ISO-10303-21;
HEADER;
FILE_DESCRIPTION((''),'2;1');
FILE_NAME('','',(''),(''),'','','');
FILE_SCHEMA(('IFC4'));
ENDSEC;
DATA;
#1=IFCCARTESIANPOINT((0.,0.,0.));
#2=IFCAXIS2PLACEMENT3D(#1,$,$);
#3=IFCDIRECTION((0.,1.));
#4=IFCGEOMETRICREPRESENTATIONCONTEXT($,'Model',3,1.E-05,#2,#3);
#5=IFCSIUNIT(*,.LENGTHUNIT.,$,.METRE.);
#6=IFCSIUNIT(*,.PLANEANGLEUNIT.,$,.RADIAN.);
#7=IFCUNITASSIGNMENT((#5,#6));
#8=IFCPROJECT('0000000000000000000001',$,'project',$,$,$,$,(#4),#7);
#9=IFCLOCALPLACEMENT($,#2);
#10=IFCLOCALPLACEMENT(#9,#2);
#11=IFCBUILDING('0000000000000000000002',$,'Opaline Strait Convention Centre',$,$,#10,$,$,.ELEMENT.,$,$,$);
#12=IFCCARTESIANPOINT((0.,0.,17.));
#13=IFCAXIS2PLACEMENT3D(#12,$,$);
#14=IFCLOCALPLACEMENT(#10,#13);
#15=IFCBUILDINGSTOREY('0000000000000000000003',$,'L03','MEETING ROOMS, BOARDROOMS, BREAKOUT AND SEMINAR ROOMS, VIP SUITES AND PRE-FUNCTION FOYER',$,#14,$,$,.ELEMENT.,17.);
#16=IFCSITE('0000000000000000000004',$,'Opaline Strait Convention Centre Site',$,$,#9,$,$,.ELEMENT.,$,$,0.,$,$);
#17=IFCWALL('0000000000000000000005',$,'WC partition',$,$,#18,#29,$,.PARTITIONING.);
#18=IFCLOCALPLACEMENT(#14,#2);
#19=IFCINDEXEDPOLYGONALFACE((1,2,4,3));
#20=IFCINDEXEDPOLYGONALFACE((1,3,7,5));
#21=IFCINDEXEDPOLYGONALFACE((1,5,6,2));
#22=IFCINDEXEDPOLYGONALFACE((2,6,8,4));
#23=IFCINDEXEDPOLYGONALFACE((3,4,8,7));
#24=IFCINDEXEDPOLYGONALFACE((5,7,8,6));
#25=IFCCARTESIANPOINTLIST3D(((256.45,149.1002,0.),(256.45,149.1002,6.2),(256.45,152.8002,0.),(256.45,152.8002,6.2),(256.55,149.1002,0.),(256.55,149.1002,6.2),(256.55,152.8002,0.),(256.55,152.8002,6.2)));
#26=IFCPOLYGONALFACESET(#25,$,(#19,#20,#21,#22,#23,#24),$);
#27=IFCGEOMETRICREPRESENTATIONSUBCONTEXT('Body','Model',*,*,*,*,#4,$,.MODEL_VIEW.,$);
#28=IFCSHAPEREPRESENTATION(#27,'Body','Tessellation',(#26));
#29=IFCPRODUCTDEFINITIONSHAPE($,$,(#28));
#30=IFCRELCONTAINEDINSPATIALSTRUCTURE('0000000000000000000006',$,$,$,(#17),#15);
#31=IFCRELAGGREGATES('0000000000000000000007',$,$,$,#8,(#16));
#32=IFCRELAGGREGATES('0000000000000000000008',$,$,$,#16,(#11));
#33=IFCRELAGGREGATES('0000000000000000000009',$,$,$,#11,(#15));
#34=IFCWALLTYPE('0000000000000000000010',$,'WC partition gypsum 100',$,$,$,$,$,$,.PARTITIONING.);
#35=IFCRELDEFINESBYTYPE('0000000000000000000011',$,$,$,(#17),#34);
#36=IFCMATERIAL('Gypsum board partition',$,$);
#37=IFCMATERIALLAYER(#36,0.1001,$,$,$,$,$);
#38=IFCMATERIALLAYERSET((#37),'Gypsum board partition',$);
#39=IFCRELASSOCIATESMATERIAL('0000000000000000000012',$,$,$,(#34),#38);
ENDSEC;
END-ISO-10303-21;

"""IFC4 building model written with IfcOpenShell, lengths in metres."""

from ifc_helpers import new_model, si_unit, direction, frame, frame_2d, origin, place, context, subcontext, project, spatial, rectangle, extrude, material, layer, layer_set, type_object, element, save


model = new_model("IFC4")

# Units and contexts
model_context = context("Model", 3, precision=1e-05, world=origin(), true_north=direction((0.0, 1.0)))
body_context = subcontext(model_context, "Body", "Model", "MODEL_VIEW")
ifc_project = project(units=[si_unit("LENGTHUNIT", "METRE"), si_unit("PLANEANGLEUNIT", "RADIAN")], contexts=[model_context])

# Site, building, storey
site_placement = place(None, origin())
site = spatial("IfcSite", under=ifc_project, at=site_placement, Name="Opaline Strait Convention Centre Site", CompositionType="ELEMENT", RefElevation=0.0)
building_placement = place(site_placement, origin())
building = spatial("IfcBuilding", under=site, at=building_placement, Name="Opaline Strait Convention Centre", CompositionType="ELEMENT")
storey_placement = place(building_placement, frame((0.0, 0.0, 17.0)))
storey = spatial("IfcBuildingStorey", under=building, at=storey_placement, Name="L03", Description="MEETING ROOMS, BOARDROOMS, BREAKOUT AND SEMINAR ROOMS, VIP SUITES AND PRE-FUNCTION FOYER", CompositionType="ELEMENT", Elevation=17.0)

# Wall
ifc_material_1 = material(Name="Gypsum board partition")
ifc_layer_1 = layer(ifc_material_1, 0.1001)
ifc_layer_set_1 = layer_set([ifc_layer_1], Name="Gypsum board partition")
wall_type_1 = type_object("IfcWallType", Name="WC partition gypsum 100", PredefinedType="PARTITIONING", material=ifc_layer_set_1)
wall_1_placement = place(storey_placement, frame((256.5, 149.1001, 0.0), z_axis=(0.0, 0.0, 1.0), x_axis=(0.0, 1.0, 0.0)))
element("IfcWall", 1, at=wall_1_placement, inside=storey, type_object=wall_type_1, Name="WC partition", PredefinedType="PARTITIONING", context=body_context, shape_type="SweptSolid", body=[
    extrude(rectangle(XDim=3.7, YDim=0.1001, at=frame_2d((1.8501, 0.0))), origin(), (0.0, 0.0, 1.0), 6.2),
])

save(model, "model.ifc")
